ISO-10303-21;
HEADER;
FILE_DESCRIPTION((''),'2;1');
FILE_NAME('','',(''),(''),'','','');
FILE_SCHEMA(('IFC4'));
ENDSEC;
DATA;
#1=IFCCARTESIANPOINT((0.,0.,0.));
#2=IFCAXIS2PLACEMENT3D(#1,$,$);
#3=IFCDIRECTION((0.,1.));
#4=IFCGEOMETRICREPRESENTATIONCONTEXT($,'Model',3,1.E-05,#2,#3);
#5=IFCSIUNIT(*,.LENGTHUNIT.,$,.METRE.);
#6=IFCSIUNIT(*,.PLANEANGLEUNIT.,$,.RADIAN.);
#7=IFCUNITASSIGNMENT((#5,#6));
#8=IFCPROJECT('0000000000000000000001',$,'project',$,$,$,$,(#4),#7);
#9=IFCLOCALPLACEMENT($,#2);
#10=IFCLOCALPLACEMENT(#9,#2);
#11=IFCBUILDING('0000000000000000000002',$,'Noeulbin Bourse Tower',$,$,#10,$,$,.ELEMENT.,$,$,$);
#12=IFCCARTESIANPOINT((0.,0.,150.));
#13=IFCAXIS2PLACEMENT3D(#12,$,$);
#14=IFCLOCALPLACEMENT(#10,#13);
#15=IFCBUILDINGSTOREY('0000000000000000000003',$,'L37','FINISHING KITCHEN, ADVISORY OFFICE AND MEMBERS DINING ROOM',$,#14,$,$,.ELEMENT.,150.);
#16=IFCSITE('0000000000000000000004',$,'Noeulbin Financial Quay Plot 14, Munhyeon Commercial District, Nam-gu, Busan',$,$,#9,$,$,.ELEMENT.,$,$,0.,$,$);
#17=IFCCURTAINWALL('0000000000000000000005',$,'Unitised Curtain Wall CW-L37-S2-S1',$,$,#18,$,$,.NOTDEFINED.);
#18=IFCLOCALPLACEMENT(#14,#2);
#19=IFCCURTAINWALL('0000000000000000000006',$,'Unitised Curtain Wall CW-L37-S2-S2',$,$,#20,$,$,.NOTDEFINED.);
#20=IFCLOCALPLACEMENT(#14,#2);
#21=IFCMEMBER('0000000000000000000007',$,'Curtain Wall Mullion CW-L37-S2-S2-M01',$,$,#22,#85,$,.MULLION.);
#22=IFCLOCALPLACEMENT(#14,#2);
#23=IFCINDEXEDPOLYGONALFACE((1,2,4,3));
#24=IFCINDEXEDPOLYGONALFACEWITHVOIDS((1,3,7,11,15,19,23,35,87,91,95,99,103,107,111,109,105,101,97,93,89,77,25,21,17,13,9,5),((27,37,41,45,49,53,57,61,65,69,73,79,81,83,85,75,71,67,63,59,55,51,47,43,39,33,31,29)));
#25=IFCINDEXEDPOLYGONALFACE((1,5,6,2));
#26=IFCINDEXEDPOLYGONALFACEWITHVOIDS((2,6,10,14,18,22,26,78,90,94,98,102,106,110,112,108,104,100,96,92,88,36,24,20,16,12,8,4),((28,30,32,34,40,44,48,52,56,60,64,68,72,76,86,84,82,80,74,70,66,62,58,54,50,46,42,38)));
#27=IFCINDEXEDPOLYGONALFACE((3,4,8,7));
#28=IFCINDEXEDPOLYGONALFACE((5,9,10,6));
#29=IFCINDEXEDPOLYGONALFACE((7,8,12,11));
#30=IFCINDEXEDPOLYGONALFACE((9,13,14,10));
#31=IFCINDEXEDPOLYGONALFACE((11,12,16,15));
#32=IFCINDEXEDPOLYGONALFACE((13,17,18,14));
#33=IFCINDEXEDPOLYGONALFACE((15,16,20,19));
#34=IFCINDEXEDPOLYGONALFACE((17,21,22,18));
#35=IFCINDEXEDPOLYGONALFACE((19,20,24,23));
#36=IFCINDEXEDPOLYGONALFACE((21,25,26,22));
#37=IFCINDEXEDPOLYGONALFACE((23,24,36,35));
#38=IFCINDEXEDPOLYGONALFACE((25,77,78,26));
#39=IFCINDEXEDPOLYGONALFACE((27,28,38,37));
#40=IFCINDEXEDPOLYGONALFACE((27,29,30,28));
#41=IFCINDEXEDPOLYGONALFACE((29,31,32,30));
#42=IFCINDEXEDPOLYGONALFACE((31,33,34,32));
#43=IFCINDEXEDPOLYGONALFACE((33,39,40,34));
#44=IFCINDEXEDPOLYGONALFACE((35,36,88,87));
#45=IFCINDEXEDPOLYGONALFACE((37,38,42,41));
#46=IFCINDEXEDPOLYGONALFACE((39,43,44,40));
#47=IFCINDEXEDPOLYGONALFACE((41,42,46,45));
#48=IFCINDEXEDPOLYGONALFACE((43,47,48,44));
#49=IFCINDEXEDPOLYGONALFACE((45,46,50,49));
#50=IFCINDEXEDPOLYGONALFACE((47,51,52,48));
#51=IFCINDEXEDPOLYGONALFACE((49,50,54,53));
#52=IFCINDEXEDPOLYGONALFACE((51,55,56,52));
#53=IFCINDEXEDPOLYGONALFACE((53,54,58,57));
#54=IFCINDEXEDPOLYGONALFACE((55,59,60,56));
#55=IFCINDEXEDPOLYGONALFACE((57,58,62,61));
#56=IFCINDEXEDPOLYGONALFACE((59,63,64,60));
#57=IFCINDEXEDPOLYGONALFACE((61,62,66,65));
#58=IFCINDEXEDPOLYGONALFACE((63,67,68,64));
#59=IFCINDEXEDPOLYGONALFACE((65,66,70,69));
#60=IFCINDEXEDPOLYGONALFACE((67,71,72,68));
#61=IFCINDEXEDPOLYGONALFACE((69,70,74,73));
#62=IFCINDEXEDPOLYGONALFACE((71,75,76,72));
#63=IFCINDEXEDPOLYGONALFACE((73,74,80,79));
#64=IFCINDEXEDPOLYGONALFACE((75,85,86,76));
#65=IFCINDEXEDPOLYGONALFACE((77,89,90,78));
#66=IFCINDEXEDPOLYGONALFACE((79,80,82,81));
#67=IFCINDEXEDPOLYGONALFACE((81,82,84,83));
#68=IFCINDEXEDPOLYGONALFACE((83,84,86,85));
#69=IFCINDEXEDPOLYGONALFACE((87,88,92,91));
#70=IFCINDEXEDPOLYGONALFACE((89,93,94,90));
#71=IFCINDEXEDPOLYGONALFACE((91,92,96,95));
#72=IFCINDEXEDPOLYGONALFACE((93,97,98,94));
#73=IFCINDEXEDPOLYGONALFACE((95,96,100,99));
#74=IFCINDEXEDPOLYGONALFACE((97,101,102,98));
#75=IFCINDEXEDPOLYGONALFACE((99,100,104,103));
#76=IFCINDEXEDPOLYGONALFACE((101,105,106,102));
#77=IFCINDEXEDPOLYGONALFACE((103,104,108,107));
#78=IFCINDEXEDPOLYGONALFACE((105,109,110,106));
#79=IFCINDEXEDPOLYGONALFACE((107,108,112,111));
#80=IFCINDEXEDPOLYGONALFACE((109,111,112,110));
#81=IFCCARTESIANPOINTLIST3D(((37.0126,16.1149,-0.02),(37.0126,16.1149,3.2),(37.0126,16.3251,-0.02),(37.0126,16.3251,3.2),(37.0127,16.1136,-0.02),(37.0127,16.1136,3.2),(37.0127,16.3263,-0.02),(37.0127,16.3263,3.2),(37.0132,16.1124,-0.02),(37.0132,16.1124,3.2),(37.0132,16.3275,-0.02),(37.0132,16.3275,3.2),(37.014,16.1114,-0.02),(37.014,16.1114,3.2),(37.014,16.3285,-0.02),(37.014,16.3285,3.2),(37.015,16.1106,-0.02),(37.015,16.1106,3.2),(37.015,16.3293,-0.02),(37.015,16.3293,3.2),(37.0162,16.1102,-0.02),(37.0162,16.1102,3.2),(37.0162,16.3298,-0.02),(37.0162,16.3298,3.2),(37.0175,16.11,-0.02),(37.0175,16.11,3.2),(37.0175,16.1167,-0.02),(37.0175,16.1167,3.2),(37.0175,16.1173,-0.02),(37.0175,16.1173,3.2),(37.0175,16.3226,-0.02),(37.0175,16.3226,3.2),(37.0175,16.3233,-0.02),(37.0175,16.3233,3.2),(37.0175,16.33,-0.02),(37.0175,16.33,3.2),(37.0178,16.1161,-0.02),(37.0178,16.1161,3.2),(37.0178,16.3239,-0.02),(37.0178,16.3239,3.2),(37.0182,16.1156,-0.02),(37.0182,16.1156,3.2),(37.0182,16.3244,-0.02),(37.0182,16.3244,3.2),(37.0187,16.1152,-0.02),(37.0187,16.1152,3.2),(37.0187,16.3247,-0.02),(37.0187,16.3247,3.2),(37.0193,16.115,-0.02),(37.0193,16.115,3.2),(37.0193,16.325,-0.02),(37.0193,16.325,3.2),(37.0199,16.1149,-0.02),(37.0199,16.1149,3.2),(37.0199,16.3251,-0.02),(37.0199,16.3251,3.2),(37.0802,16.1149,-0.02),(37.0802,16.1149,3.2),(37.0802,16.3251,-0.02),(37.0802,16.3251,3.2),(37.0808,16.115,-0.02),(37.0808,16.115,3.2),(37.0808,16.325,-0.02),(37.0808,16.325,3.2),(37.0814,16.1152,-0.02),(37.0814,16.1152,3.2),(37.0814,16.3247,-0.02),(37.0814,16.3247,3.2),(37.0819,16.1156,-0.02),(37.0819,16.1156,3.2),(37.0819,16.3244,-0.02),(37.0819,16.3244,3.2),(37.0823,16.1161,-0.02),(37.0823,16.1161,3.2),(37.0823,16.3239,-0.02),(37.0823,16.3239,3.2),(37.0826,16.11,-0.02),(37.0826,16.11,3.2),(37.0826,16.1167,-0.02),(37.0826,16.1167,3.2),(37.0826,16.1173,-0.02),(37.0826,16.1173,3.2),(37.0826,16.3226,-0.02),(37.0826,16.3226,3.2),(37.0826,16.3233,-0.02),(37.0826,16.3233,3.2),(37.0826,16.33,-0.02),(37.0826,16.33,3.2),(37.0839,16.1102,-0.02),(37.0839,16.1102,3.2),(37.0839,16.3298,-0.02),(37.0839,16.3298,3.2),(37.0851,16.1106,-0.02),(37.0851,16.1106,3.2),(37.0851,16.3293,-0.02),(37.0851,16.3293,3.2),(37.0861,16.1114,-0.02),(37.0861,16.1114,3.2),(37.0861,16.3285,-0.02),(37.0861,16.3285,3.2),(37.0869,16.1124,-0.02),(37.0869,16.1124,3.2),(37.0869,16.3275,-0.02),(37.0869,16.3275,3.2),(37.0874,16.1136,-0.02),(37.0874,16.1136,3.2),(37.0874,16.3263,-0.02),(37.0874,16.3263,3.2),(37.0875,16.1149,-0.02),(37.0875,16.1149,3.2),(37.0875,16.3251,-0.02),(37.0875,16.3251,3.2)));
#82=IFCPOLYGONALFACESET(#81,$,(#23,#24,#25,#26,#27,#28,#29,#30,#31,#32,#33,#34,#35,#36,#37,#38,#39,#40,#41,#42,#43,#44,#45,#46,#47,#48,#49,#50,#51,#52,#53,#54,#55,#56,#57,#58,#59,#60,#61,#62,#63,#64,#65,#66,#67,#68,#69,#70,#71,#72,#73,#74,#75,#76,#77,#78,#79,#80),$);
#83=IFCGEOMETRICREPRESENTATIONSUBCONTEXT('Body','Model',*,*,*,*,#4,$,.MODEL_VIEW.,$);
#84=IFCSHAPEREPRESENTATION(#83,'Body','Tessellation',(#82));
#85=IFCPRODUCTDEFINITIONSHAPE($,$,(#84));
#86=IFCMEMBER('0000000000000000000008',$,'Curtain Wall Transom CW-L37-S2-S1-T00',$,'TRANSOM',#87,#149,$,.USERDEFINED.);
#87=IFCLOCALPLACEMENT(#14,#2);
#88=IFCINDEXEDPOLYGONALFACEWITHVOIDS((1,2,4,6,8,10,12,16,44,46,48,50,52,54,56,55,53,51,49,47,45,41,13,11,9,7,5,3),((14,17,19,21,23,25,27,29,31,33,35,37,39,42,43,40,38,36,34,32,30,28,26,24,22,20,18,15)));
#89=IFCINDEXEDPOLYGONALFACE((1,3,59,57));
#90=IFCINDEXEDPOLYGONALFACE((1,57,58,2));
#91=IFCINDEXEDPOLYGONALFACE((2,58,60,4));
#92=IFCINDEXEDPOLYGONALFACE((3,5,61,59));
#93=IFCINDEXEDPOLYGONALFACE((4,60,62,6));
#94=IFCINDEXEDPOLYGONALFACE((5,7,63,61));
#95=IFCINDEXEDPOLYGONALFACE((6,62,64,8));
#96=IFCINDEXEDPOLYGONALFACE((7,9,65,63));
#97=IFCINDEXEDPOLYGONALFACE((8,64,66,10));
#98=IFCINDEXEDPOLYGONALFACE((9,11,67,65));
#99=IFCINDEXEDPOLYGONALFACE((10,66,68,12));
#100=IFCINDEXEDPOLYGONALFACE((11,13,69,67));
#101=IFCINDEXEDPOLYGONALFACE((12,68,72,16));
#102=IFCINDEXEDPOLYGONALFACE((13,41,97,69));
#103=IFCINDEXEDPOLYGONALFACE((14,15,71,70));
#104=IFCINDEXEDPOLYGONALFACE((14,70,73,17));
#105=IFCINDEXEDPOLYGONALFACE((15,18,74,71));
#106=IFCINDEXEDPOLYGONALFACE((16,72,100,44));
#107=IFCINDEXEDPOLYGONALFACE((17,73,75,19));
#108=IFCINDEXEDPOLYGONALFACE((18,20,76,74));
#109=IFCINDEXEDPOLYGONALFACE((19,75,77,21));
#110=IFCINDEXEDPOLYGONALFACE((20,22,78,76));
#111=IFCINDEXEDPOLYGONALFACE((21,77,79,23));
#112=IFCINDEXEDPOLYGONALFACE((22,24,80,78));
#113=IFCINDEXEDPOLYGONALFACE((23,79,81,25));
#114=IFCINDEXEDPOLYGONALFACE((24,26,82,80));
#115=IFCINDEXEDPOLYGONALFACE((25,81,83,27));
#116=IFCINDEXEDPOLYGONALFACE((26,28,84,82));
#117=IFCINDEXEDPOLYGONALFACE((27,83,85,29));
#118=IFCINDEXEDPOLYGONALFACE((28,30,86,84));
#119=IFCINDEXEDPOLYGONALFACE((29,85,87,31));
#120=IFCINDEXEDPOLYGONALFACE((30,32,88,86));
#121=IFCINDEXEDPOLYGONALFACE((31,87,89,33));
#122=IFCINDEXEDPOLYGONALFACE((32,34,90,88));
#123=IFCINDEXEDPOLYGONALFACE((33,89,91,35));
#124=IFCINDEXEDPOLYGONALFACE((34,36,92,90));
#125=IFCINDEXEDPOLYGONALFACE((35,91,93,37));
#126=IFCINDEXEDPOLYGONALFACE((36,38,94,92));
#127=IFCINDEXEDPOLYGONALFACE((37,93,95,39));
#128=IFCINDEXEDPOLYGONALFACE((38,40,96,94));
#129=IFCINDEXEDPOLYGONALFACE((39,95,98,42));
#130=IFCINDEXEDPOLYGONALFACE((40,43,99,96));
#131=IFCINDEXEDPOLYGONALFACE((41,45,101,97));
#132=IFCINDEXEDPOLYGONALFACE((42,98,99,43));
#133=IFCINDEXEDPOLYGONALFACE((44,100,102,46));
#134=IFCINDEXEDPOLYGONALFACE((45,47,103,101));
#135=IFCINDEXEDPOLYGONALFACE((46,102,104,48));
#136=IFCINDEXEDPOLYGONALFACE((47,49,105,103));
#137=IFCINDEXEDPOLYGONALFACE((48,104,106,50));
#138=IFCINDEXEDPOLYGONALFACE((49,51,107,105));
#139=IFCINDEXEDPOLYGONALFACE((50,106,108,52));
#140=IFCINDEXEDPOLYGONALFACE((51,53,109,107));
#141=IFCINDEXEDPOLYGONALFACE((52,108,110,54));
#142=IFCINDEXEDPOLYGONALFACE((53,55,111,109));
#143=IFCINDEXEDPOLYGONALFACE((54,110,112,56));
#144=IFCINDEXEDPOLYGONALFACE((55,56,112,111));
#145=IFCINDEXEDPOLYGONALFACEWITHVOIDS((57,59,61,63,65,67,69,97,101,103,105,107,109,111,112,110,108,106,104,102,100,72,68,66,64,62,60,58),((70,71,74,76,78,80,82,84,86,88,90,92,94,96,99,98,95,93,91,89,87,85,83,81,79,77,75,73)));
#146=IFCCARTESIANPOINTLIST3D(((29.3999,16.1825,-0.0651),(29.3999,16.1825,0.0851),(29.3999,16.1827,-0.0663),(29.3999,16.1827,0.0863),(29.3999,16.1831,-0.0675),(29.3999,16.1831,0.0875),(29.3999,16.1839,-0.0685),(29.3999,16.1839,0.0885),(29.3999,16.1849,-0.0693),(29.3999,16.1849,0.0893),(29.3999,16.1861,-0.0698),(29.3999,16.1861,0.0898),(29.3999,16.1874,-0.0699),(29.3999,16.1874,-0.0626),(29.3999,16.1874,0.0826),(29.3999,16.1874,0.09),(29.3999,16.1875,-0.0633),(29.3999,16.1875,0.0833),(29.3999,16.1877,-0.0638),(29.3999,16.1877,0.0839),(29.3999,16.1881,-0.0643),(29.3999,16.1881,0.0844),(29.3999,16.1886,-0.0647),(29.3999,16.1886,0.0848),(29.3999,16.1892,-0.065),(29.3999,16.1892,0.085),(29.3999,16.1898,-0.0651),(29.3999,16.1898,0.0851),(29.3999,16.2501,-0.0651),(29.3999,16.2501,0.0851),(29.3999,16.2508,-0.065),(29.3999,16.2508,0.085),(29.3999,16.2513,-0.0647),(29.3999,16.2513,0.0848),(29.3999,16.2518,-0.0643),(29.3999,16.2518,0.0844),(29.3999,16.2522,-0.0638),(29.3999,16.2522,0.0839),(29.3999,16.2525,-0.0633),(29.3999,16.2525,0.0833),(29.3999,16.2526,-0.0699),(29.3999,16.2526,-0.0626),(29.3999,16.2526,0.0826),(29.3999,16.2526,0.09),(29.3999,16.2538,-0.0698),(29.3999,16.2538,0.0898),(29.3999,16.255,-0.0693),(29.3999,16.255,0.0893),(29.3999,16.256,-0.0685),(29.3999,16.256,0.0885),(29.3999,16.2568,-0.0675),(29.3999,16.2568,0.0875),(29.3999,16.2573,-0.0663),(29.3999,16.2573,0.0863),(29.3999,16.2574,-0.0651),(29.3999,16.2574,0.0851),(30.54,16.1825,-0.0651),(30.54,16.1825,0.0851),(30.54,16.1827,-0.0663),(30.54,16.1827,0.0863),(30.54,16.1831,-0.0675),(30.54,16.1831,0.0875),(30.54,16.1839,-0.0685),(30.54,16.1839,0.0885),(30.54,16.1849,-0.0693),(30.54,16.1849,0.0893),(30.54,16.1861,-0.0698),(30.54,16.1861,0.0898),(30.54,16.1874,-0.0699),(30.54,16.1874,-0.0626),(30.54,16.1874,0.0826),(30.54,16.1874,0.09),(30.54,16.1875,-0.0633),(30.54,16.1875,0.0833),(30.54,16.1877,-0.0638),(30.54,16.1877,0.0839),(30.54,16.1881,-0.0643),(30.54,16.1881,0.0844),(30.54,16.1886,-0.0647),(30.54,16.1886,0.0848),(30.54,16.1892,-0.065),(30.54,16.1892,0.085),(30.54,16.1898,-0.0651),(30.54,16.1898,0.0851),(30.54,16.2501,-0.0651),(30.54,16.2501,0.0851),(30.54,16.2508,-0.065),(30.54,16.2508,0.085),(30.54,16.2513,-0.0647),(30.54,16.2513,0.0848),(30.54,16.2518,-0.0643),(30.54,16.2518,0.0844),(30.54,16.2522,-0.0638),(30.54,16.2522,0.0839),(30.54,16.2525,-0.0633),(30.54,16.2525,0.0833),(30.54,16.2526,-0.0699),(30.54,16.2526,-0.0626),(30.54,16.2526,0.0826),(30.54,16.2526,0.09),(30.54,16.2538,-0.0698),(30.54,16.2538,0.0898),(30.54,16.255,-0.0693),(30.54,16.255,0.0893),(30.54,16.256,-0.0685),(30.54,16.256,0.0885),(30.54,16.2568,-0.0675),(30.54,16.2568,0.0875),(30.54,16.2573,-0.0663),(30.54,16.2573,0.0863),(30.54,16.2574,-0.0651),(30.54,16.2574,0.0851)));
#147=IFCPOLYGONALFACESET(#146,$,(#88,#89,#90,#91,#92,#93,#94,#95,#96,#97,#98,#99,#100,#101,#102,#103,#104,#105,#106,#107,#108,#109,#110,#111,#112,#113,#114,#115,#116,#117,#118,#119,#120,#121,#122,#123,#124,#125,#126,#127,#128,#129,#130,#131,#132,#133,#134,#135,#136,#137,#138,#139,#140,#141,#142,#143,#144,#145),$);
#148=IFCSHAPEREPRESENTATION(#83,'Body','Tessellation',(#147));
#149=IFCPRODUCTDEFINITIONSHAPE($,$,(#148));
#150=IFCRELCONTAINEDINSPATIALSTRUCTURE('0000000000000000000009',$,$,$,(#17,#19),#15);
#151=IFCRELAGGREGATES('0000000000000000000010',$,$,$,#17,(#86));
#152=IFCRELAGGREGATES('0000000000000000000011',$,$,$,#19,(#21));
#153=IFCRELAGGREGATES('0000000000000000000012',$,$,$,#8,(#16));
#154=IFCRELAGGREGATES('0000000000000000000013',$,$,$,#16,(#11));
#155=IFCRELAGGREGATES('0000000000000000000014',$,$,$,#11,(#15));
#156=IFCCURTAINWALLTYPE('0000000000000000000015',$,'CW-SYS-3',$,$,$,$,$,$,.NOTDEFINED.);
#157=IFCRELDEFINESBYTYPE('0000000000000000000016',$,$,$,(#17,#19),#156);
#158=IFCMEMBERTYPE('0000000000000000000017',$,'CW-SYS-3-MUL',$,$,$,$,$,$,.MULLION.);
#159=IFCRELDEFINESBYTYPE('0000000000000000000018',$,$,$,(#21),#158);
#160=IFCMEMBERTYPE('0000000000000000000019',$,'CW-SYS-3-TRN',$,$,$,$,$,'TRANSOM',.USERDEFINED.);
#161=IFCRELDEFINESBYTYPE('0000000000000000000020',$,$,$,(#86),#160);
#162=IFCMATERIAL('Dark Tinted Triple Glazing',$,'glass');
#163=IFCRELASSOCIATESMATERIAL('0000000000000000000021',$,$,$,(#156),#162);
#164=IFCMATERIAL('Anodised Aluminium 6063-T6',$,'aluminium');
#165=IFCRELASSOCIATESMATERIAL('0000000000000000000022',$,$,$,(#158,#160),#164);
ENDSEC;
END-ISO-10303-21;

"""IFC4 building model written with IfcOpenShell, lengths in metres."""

from ifc_helpers import new_model, si_unit, direction, frame, origin, origin_2d, place, context, subcontext, project, spatial, hollow_rectangle, extrude, material, material_profile, profile_set, type_object, element, aggregate, save


model = new_model("IFC4")

# Units and contexts
model_context = context("Model", 3, precision=1e-05, world=origin(), true_north=direction((0.0, 1.0)))
body_context = subcontext(model_context, "Body", "Model", "MODEL_VIEW")
ifc_project = project(units=[si_unit("LENGTHUNIT", "METRE"), si_unit("PLANEANGLEUNIT", "RADIAN")], contexts=[model_context])

# Site, building, storey
site_placement = place(None, origin())
site = spatial("IfcSite", under=ifc_project, at=site_placement, Name="Noeulbin Financial Quay Plot 14, Munhyeon Commercial District, Nam-gu, Busan", CompositionType="ELEMENT", RefElevation=0.0)
building_placement = place(site_placement, origin())
building = spatial("IfcBuilding", under=site, at=building_placement, Name="Noeulbin Bourse Tower", CompositionType="ELEMENT")
storey_placement = place(building_placement, frame((0.0, 0.0, 150.0)))
storey = spatial("IfcBuildingStorey", under=building, at=storey_placement, Name="L37", Description="FINISHING KITCHEN, ADVISORY OFFICE AND MEMBERS DINING ROOM", CompositionType="ELEMENT", Elevation=150.0)

# Curtain walls, member
ifc_material_1 = material(Name="Dark Tinted Triple Glazing", Category="glass")
curtain_wall_type = type_object("IfcCurtainWallType", Name="CW-SYS-3", PredefinedType="NOTDEFINED", material=ifc_material_1)
curtain_wall_1_placement = place(storey_placement, origin())
curtain_wall_1 = element("IfcCurtainWall", 1, at=curtain_wall_1_placement, inside=storey, type_object=curtain_wall_type, Name="Unitised Curtain Wall CW-L37-S2-S1", PredefinedType="NOTDEFINED")
ifc_material_2 = material(Name="Anodised Aluminium 6063-T6", Category="aluminium")
ifc_material_profile_1 = material_profile(ifc_material_2, hollow_rectangle(XDim=0.075, YDim=0.22, WallThickness=0.0049, InnerFilletRadius=0.0024, OuterFilletRadius=0.0049, at=origin_2d()), Name="ALU-MULL-75x220x5", Category="LoadBearing")
ifc_profile_set_1 = profile_set([ifc_material_profile_1], Name="Anodised Aluminium 6063-T6")
member_type_1 = type_object("IfcMemberType", Name="CW-SYS-3-MUL", PredefinedType="MULLION", material=ifc_profile_set_1)
curtain_wall_2_placement = place(storey_placement, origin())
curtain_wall_2 = element("IfcCurtainWall", 2, at=curtain_wall_2_placement, inside=storey, type_object=curtain_wall_type, Name="Unitised Curtain Wall CW-L37-S2-S2", PredefinedType="NOTDEFINED")
member_1_placement = place(storey_placement, frame((37.05, 16.22, -0.02), z_axis=(0.0, 0.0, 1.0), x_axis=(1.0, 0.0, 0.0)))
member_1 = element("IfcMember", 3, at=member_1_placement, type_object=member_type_1, Name="Curtain Wall Mullion CW-L37-S2-S2-M01", PredefinedType="MULLION", context=body_context, shape_type="SweptSolid", body=[
    extrude(hollow_rectangle(XDim=0.075, YDim=0.22, WallThickness=0.0049, InnerFilletRadius=0.0024, OuterFilletRadius=0.0049, at=origin_2d()), origin(), (0.0, 0.0, 1.0), 3.22),
])

# Member
ifc_material_profile_2 = material_profile(ifc_material_2, hollow_rectangle(XDim=0.075, YDim=0.1599, WallThickness=0.0049, InnerFilletRadius=0.0024, OuterFilletRadius=0.0049, at=origin_2d()), Name="ALU-TRAN-75x160x5", Category="LoadBearing")
ifc_profile_set_2 = profile_set([ifc_material_profile_2], Name="Anodised Aluminium 6063-T6")
member_type_2 = type_object("IfcMemberType", Name="CW-SYS-3-TRN", ElementType="TRANSOM", PredefinedType="USERDEFINED", material=ifc_profile_set_2)
member_2_placement = place(storey_placement, frame((29.3999, 16.22, 0.01), z_axis=(1.0, 0.0, 0.0), x_axis=(0.0, 1.0, 0.0)))
member_2 = element("IfcMember", 4, at=member_2_placement, type_object=member_type_2, Name="Curtain Wall Transom CW-L37-S2-S1-T00", ObjectType="TRANSOM", PredefinedType="USERDEFINED", context=body_context, shape_type="SweptSolid", body=[
    extrude(hollow_rectangle(XDim=0.075, YDim=0.1599, WallThickness=0.0049, InnerFilletRadius=0.0024, OuterFilletRadius=0.0049, at=origin_2d()), origin(), (0.0, 0.0, 1.0), 1.1401),
])

aggregate(curtain_wall_1, [member_2])
aggregate(curtain_wall_2, [member_1])

save(model, "model.ifc")
